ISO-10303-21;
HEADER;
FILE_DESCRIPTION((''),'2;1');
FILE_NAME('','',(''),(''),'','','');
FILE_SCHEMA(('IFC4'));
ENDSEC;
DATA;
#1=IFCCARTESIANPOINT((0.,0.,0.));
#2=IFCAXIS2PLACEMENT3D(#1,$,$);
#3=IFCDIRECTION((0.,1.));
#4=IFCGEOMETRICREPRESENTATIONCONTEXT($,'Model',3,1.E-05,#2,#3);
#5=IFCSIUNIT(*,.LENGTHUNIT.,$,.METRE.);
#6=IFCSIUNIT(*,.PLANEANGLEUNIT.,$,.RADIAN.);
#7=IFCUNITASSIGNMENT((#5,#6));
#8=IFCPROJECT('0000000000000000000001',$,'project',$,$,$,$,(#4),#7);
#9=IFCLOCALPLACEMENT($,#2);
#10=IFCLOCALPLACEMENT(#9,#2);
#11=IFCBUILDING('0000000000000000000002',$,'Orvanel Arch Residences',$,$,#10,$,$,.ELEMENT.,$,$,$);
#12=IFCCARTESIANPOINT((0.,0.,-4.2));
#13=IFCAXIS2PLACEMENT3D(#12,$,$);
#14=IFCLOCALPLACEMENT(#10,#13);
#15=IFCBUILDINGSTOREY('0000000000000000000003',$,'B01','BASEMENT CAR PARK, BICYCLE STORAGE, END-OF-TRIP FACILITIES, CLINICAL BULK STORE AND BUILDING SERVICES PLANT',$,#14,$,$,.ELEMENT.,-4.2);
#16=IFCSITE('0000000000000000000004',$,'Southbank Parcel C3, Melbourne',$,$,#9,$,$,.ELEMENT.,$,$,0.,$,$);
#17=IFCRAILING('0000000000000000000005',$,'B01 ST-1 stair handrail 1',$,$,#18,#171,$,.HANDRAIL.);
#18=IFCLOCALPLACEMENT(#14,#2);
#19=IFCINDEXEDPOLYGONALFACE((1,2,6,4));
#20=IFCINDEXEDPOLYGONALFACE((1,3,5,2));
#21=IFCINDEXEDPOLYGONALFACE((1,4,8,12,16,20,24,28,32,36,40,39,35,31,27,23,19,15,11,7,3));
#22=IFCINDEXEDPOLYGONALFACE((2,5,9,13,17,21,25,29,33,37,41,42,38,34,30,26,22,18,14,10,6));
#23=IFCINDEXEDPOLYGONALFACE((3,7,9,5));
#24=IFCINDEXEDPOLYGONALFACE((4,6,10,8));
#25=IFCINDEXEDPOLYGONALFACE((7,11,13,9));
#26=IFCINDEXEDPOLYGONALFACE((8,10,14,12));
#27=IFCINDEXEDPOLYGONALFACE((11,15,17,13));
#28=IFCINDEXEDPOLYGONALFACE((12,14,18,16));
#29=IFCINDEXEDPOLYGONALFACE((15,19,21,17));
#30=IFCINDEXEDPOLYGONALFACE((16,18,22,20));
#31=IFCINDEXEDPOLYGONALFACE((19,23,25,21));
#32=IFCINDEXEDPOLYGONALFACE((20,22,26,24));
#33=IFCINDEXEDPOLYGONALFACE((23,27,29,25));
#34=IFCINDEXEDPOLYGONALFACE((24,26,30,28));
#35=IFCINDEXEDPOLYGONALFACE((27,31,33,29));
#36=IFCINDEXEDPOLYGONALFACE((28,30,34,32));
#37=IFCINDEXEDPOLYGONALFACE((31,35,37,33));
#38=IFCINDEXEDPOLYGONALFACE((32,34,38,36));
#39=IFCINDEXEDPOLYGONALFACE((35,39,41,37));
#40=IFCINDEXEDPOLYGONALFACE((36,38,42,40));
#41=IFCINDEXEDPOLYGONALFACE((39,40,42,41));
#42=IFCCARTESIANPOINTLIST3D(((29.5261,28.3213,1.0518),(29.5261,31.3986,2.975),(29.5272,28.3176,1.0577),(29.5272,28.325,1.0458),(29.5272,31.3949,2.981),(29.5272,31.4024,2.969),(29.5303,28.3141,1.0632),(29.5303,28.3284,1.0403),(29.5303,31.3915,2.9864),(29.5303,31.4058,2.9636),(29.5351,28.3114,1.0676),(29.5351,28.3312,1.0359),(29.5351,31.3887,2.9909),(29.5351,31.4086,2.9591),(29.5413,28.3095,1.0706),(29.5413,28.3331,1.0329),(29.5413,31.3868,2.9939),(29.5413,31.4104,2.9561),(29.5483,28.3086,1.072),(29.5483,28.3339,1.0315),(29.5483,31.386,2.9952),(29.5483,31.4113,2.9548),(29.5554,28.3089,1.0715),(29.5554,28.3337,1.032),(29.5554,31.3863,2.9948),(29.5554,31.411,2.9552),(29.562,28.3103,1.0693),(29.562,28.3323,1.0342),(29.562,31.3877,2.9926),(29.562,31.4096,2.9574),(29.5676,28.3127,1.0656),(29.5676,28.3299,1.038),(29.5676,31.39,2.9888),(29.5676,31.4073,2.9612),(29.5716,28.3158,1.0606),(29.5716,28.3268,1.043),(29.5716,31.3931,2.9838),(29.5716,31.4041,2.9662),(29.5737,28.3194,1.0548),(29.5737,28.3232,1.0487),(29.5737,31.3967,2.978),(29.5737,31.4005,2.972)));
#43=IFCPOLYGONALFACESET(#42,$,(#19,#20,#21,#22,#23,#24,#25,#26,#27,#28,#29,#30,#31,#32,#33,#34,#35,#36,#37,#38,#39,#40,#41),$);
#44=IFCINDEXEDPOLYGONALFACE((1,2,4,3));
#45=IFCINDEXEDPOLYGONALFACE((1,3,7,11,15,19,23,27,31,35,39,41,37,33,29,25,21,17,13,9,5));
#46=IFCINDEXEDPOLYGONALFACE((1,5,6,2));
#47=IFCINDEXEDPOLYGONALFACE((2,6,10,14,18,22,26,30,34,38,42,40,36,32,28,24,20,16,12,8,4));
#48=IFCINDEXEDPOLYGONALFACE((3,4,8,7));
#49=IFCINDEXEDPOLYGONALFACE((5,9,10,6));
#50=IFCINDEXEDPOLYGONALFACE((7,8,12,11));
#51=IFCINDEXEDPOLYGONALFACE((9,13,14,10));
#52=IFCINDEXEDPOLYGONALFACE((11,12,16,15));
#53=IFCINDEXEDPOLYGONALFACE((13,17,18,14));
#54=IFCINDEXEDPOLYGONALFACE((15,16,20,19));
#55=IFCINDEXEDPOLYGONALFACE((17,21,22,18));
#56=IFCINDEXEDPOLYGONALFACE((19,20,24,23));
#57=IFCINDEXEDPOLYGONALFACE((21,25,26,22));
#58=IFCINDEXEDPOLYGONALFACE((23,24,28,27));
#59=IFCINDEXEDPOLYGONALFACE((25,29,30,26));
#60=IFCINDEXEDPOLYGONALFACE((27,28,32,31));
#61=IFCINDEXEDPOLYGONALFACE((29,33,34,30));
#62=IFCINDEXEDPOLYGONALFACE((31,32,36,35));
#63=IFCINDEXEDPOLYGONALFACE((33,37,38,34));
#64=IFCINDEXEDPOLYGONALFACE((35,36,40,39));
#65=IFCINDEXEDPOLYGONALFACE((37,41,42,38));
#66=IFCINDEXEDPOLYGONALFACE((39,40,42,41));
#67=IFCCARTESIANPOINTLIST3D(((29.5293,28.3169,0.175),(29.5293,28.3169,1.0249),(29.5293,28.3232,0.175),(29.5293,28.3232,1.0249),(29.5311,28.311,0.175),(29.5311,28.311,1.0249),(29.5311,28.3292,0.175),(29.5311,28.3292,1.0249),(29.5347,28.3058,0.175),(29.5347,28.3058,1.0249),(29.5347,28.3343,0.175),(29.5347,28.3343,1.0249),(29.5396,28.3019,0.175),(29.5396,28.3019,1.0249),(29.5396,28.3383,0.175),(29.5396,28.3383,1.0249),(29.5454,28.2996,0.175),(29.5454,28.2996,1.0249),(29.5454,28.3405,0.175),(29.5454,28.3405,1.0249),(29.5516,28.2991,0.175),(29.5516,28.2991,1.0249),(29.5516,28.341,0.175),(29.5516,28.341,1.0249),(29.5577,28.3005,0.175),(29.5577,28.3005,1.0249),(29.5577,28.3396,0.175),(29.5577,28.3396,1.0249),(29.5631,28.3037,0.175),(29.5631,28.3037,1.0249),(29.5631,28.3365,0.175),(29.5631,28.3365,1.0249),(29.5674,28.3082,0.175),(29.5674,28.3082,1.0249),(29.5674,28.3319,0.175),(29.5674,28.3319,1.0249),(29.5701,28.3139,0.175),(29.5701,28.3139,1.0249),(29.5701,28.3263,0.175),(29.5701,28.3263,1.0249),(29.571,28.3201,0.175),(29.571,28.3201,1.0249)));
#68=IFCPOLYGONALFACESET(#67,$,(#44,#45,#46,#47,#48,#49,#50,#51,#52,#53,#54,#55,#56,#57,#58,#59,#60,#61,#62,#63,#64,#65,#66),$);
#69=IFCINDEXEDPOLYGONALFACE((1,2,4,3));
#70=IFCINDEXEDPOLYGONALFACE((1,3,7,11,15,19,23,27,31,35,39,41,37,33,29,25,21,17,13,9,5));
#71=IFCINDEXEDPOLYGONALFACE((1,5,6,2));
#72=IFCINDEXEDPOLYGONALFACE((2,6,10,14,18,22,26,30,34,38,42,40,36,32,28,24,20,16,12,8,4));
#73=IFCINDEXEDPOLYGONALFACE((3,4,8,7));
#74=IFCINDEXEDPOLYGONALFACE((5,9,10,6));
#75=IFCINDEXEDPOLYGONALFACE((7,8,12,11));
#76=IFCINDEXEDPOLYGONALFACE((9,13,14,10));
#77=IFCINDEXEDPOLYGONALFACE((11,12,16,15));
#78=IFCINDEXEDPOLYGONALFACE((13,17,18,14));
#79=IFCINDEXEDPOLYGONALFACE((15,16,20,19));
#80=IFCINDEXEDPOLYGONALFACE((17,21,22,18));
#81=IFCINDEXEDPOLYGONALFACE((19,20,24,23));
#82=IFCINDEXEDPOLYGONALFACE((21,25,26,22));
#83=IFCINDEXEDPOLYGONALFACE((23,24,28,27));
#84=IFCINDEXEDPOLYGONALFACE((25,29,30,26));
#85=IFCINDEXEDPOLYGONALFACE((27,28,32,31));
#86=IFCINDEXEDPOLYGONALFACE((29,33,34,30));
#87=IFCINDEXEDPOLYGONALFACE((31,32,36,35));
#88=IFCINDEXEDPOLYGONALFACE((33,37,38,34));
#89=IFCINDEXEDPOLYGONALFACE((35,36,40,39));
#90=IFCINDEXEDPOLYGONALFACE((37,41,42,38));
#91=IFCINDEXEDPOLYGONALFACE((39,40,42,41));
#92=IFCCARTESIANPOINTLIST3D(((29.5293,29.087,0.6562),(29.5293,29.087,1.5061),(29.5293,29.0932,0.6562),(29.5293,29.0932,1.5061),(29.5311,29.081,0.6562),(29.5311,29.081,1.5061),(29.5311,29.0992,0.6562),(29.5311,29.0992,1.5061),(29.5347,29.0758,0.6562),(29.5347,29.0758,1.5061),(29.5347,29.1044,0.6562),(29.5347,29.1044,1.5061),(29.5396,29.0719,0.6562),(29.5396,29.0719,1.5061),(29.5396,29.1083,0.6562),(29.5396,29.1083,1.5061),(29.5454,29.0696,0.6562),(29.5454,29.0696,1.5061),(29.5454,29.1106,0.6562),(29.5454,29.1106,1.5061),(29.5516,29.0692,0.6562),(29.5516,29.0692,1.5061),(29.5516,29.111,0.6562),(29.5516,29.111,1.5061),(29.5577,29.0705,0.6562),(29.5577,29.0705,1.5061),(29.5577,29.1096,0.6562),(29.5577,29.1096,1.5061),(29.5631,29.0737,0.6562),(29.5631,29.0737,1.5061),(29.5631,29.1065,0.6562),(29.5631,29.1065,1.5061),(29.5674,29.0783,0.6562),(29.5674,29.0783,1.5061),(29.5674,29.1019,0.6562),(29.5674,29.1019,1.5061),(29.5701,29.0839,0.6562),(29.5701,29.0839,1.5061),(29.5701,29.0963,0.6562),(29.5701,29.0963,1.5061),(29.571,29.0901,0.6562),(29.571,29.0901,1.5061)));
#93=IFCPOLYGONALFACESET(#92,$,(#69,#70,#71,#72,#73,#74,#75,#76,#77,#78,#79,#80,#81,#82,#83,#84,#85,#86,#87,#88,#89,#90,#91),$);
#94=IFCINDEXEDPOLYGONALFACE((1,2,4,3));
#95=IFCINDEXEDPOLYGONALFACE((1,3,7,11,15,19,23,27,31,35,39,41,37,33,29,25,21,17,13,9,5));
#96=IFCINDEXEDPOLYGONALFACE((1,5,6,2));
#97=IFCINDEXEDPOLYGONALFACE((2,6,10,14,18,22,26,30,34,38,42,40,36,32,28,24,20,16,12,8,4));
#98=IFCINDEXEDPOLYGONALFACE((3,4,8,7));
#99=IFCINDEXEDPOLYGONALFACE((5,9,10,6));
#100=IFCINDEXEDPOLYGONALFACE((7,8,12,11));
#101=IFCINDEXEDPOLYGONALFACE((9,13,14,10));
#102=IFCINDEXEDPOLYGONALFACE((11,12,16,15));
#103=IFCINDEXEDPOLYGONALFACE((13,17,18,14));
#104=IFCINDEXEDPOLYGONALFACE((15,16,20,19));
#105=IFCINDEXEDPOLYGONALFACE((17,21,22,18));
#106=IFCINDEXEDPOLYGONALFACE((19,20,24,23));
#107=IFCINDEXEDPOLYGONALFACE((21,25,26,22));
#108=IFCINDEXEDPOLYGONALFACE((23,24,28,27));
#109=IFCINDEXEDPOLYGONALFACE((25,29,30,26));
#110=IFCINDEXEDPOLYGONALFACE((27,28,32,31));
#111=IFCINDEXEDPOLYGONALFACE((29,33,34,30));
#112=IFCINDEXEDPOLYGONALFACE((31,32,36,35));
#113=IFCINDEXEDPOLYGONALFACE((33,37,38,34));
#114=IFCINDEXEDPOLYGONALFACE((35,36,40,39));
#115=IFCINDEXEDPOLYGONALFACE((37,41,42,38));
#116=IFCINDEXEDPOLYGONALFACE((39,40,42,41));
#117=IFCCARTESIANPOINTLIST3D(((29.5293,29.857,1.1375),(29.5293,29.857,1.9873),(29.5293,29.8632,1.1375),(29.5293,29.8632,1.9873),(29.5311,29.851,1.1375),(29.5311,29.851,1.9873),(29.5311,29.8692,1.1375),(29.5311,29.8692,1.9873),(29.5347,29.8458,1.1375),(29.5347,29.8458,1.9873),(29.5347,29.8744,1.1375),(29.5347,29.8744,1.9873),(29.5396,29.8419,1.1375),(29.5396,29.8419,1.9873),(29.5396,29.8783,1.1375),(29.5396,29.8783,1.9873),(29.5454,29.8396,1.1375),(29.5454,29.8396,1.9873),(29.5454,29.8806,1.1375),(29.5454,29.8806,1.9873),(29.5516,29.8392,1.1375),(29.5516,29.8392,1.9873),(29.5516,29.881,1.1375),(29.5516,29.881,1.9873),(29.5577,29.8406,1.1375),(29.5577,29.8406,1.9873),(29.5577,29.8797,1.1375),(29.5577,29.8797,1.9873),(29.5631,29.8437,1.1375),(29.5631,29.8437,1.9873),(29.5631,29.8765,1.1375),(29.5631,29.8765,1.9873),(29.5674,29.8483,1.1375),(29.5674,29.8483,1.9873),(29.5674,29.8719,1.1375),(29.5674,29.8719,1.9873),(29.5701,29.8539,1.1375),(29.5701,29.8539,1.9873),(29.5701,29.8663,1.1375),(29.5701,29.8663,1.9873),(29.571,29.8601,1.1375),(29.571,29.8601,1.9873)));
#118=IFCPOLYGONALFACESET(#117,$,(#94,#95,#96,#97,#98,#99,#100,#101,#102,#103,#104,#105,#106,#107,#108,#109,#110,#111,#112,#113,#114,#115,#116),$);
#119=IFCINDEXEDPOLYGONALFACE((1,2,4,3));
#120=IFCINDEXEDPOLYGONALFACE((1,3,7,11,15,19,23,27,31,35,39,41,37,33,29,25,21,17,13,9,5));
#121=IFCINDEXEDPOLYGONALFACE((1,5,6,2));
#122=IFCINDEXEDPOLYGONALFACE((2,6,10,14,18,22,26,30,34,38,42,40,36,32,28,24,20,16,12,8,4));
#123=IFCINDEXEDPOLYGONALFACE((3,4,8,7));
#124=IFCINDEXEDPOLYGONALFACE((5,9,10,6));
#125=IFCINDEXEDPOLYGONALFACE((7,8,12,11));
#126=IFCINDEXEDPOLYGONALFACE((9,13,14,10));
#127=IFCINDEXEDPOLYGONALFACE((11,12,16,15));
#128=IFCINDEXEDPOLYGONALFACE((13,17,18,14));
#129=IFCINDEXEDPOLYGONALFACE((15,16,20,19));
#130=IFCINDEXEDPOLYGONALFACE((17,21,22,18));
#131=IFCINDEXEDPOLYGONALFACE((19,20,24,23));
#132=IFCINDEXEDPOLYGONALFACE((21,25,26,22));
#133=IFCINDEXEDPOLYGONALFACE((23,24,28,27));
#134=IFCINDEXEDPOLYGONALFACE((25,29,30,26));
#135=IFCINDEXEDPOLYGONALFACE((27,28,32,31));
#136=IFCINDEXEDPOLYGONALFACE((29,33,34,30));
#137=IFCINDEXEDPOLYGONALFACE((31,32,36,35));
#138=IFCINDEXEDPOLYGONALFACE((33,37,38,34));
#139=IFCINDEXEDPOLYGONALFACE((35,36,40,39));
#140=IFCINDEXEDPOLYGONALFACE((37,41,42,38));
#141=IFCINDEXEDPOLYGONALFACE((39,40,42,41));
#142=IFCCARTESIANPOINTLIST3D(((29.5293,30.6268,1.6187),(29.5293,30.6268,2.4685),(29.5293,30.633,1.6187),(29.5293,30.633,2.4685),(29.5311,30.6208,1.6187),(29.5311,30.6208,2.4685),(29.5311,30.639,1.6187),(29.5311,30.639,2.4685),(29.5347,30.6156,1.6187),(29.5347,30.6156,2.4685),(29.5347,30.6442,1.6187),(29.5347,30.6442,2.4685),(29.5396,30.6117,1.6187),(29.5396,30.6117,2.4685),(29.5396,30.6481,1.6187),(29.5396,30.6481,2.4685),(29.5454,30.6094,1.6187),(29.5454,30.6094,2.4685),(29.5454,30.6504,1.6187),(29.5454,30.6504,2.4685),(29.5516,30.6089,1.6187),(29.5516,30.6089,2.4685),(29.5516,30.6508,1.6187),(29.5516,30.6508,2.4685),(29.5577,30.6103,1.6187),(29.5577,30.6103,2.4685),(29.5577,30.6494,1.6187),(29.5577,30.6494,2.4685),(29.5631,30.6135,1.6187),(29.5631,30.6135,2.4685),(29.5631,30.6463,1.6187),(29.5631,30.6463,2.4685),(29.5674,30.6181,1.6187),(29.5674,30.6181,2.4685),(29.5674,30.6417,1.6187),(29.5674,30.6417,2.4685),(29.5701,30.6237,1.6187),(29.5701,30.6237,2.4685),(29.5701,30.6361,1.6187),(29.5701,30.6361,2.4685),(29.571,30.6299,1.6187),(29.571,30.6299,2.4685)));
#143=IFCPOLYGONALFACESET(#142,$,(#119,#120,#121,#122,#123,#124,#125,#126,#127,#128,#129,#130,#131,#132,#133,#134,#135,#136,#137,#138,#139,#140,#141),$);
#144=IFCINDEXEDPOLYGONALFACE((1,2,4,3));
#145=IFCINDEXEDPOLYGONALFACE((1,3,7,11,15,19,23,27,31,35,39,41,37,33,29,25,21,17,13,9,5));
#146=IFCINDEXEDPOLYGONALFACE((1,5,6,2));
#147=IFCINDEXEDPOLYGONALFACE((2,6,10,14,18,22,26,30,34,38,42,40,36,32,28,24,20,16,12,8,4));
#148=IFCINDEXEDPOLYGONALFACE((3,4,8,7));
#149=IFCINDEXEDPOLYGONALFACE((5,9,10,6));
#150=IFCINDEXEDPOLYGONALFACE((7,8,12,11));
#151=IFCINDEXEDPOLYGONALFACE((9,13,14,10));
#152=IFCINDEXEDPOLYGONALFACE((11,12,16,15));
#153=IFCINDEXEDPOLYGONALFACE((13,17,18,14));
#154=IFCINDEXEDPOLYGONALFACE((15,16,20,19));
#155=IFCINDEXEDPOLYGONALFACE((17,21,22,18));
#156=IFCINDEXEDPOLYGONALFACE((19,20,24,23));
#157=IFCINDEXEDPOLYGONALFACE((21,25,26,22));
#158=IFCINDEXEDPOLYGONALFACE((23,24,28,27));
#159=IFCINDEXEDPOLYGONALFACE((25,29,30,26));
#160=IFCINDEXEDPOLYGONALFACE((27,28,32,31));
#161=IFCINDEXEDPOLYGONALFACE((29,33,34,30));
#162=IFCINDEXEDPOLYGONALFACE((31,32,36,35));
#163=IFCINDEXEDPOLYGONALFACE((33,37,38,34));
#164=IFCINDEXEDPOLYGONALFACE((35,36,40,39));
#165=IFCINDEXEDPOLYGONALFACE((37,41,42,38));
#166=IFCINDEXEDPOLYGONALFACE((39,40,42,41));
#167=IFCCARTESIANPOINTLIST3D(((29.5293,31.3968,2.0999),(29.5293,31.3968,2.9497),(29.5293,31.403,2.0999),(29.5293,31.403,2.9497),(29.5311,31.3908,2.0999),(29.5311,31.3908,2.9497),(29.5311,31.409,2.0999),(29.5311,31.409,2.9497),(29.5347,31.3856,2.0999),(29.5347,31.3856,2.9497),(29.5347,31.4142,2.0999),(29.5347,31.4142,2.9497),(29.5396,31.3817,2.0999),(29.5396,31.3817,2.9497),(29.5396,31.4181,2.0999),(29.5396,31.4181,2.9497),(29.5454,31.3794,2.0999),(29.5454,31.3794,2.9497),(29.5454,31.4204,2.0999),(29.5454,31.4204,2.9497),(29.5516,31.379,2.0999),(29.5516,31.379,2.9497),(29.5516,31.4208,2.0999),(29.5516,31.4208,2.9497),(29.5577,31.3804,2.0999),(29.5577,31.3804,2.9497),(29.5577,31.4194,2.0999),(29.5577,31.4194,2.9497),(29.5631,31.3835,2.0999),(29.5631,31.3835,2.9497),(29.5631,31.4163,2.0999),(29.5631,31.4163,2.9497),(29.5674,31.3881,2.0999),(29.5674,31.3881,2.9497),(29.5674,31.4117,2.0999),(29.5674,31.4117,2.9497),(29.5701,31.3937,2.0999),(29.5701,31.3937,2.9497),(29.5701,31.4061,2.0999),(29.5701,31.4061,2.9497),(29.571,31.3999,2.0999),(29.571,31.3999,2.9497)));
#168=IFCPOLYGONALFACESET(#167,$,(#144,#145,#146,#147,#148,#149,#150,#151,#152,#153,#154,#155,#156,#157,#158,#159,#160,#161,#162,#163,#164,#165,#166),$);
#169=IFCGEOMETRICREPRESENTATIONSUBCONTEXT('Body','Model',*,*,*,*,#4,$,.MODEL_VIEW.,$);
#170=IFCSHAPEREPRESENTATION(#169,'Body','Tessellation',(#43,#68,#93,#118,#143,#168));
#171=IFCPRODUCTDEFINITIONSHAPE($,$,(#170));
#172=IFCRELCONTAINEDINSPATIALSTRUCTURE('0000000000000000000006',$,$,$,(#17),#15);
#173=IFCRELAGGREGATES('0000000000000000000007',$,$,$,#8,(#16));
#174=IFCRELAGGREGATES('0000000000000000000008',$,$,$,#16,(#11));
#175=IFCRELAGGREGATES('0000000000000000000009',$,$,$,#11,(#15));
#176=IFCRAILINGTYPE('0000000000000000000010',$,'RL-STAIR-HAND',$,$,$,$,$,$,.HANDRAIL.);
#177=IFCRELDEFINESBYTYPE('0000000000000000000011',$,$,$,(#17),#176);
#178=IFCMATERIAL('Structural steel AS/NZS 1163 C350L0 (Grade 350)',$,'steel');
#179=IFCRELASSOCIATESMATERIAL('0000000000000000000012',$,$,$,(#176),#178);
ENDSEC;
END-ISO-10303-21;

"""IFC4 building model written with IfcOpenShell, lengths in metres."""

from ifc_helpers import new_model, si_unit, direction, frame, origin, origin_2d, place, context, subcontext, project, spatial, circle, extrude, material, type_object, element, save


model = new_model("IFC4")

# Units and contexts
model_context = context("Model", 3, precision=1e-05, world=origin(), true_north=direction((0.0, 1.0)))
body_context = subcontext(model_context, "Body", "Model", "MODEL_VIEW")
ifc_project = project(units=[si_unit("LENGTHUNIT", "METRE"), si_unit("PLANEANGLEUNIT", "RADIAN")], contexts=[model_context])

# Site, building, storey
site_placement = place(None, origin())
site = spatial("IfcSite", under=ifc_project, at=site_placement, Name="Southbank Parcel C3, Melbourne", CompositionType="ELEMENT", RefElevation=0.0)
building_placement = place(site_placement, origin())
building = spatial("IfcBuilding", under=site, at=building_placement, Name="Orvanel Arch Residences", CompositionType="ELEMENT")
storey_placement = place(building_placement, frame((0.0, 0.0, -4.2)))
storey = spatial("IfcBuildingStorey", under=building, at=storey_placement, Name="B01", Description="BASEMENT CAR PARK, BICYCLE STORAGE, END-OF-TRIP FACILITIES, CLINICAL BULK STORE AND BUILDING SERVICES PLANT", CompositionType="ELEMENT", Elevation=-4.2)

# Railing
ifc_material_1 = material(Name="Structural steel AS/NZS 1163 C350L0 (Grade 350)", Category="steel")
railing_type_1 = type_object("IfcRailingType", Name="RL-STAIR-HAND", PredefinedType="HANDRAIL", material=ifc_material_1)
railing_1_placement = place(storey_placement, frame((29.55, 28.3201, 0.175)))
element("IfcRailing", 1, at=railing_1_placement, inside=storey, type_object=railing_type_1, Name="B01 ST-1 stair handrail 1", PredefinedType="HANDRAIL", context=body_context, shape_type="SweptSolid", body=[
    extrude(circle(Radius=0.0239, at=origin_2d()), frame((0.0, 0.0012, 0.8767), z_axis=(0.0, 0.84801, 0.529981), x_axis=(-1.0, 0.0, 0.0)), (0.0, 0.0, 1.0), 3.6289),
    extrude(circle(Radius=0.021, at=origin_2d()), origin(), (0.0, 0.0, 1.0), 0.8499),
    extrude(circle(Radius=0.021, at=origin_2d()), frame((0.0, 0.77, 0.4812)), (0.0, 0.0, 1.0), 0.8499),
    extrude(circle(Radius=0.021, at=origin_2d()), frame((0.0, 1.54, 0.9624)), (0.0, 0.0, 1.0), 0.8499),
    extrude(circle(Radius=0.021, at=origin_2d()), frame((0.0, 2.3098, 1.4436)), (0.0, 0.0, 1.0), 0.8499),
    extrude(circle(Radius=0.021, at=origin_2d()), frame((0.0, 3.0798, 1.9248)), (0.0, 0.0, 1.0), 0.8499),
])

save(model, "model.ifc")
